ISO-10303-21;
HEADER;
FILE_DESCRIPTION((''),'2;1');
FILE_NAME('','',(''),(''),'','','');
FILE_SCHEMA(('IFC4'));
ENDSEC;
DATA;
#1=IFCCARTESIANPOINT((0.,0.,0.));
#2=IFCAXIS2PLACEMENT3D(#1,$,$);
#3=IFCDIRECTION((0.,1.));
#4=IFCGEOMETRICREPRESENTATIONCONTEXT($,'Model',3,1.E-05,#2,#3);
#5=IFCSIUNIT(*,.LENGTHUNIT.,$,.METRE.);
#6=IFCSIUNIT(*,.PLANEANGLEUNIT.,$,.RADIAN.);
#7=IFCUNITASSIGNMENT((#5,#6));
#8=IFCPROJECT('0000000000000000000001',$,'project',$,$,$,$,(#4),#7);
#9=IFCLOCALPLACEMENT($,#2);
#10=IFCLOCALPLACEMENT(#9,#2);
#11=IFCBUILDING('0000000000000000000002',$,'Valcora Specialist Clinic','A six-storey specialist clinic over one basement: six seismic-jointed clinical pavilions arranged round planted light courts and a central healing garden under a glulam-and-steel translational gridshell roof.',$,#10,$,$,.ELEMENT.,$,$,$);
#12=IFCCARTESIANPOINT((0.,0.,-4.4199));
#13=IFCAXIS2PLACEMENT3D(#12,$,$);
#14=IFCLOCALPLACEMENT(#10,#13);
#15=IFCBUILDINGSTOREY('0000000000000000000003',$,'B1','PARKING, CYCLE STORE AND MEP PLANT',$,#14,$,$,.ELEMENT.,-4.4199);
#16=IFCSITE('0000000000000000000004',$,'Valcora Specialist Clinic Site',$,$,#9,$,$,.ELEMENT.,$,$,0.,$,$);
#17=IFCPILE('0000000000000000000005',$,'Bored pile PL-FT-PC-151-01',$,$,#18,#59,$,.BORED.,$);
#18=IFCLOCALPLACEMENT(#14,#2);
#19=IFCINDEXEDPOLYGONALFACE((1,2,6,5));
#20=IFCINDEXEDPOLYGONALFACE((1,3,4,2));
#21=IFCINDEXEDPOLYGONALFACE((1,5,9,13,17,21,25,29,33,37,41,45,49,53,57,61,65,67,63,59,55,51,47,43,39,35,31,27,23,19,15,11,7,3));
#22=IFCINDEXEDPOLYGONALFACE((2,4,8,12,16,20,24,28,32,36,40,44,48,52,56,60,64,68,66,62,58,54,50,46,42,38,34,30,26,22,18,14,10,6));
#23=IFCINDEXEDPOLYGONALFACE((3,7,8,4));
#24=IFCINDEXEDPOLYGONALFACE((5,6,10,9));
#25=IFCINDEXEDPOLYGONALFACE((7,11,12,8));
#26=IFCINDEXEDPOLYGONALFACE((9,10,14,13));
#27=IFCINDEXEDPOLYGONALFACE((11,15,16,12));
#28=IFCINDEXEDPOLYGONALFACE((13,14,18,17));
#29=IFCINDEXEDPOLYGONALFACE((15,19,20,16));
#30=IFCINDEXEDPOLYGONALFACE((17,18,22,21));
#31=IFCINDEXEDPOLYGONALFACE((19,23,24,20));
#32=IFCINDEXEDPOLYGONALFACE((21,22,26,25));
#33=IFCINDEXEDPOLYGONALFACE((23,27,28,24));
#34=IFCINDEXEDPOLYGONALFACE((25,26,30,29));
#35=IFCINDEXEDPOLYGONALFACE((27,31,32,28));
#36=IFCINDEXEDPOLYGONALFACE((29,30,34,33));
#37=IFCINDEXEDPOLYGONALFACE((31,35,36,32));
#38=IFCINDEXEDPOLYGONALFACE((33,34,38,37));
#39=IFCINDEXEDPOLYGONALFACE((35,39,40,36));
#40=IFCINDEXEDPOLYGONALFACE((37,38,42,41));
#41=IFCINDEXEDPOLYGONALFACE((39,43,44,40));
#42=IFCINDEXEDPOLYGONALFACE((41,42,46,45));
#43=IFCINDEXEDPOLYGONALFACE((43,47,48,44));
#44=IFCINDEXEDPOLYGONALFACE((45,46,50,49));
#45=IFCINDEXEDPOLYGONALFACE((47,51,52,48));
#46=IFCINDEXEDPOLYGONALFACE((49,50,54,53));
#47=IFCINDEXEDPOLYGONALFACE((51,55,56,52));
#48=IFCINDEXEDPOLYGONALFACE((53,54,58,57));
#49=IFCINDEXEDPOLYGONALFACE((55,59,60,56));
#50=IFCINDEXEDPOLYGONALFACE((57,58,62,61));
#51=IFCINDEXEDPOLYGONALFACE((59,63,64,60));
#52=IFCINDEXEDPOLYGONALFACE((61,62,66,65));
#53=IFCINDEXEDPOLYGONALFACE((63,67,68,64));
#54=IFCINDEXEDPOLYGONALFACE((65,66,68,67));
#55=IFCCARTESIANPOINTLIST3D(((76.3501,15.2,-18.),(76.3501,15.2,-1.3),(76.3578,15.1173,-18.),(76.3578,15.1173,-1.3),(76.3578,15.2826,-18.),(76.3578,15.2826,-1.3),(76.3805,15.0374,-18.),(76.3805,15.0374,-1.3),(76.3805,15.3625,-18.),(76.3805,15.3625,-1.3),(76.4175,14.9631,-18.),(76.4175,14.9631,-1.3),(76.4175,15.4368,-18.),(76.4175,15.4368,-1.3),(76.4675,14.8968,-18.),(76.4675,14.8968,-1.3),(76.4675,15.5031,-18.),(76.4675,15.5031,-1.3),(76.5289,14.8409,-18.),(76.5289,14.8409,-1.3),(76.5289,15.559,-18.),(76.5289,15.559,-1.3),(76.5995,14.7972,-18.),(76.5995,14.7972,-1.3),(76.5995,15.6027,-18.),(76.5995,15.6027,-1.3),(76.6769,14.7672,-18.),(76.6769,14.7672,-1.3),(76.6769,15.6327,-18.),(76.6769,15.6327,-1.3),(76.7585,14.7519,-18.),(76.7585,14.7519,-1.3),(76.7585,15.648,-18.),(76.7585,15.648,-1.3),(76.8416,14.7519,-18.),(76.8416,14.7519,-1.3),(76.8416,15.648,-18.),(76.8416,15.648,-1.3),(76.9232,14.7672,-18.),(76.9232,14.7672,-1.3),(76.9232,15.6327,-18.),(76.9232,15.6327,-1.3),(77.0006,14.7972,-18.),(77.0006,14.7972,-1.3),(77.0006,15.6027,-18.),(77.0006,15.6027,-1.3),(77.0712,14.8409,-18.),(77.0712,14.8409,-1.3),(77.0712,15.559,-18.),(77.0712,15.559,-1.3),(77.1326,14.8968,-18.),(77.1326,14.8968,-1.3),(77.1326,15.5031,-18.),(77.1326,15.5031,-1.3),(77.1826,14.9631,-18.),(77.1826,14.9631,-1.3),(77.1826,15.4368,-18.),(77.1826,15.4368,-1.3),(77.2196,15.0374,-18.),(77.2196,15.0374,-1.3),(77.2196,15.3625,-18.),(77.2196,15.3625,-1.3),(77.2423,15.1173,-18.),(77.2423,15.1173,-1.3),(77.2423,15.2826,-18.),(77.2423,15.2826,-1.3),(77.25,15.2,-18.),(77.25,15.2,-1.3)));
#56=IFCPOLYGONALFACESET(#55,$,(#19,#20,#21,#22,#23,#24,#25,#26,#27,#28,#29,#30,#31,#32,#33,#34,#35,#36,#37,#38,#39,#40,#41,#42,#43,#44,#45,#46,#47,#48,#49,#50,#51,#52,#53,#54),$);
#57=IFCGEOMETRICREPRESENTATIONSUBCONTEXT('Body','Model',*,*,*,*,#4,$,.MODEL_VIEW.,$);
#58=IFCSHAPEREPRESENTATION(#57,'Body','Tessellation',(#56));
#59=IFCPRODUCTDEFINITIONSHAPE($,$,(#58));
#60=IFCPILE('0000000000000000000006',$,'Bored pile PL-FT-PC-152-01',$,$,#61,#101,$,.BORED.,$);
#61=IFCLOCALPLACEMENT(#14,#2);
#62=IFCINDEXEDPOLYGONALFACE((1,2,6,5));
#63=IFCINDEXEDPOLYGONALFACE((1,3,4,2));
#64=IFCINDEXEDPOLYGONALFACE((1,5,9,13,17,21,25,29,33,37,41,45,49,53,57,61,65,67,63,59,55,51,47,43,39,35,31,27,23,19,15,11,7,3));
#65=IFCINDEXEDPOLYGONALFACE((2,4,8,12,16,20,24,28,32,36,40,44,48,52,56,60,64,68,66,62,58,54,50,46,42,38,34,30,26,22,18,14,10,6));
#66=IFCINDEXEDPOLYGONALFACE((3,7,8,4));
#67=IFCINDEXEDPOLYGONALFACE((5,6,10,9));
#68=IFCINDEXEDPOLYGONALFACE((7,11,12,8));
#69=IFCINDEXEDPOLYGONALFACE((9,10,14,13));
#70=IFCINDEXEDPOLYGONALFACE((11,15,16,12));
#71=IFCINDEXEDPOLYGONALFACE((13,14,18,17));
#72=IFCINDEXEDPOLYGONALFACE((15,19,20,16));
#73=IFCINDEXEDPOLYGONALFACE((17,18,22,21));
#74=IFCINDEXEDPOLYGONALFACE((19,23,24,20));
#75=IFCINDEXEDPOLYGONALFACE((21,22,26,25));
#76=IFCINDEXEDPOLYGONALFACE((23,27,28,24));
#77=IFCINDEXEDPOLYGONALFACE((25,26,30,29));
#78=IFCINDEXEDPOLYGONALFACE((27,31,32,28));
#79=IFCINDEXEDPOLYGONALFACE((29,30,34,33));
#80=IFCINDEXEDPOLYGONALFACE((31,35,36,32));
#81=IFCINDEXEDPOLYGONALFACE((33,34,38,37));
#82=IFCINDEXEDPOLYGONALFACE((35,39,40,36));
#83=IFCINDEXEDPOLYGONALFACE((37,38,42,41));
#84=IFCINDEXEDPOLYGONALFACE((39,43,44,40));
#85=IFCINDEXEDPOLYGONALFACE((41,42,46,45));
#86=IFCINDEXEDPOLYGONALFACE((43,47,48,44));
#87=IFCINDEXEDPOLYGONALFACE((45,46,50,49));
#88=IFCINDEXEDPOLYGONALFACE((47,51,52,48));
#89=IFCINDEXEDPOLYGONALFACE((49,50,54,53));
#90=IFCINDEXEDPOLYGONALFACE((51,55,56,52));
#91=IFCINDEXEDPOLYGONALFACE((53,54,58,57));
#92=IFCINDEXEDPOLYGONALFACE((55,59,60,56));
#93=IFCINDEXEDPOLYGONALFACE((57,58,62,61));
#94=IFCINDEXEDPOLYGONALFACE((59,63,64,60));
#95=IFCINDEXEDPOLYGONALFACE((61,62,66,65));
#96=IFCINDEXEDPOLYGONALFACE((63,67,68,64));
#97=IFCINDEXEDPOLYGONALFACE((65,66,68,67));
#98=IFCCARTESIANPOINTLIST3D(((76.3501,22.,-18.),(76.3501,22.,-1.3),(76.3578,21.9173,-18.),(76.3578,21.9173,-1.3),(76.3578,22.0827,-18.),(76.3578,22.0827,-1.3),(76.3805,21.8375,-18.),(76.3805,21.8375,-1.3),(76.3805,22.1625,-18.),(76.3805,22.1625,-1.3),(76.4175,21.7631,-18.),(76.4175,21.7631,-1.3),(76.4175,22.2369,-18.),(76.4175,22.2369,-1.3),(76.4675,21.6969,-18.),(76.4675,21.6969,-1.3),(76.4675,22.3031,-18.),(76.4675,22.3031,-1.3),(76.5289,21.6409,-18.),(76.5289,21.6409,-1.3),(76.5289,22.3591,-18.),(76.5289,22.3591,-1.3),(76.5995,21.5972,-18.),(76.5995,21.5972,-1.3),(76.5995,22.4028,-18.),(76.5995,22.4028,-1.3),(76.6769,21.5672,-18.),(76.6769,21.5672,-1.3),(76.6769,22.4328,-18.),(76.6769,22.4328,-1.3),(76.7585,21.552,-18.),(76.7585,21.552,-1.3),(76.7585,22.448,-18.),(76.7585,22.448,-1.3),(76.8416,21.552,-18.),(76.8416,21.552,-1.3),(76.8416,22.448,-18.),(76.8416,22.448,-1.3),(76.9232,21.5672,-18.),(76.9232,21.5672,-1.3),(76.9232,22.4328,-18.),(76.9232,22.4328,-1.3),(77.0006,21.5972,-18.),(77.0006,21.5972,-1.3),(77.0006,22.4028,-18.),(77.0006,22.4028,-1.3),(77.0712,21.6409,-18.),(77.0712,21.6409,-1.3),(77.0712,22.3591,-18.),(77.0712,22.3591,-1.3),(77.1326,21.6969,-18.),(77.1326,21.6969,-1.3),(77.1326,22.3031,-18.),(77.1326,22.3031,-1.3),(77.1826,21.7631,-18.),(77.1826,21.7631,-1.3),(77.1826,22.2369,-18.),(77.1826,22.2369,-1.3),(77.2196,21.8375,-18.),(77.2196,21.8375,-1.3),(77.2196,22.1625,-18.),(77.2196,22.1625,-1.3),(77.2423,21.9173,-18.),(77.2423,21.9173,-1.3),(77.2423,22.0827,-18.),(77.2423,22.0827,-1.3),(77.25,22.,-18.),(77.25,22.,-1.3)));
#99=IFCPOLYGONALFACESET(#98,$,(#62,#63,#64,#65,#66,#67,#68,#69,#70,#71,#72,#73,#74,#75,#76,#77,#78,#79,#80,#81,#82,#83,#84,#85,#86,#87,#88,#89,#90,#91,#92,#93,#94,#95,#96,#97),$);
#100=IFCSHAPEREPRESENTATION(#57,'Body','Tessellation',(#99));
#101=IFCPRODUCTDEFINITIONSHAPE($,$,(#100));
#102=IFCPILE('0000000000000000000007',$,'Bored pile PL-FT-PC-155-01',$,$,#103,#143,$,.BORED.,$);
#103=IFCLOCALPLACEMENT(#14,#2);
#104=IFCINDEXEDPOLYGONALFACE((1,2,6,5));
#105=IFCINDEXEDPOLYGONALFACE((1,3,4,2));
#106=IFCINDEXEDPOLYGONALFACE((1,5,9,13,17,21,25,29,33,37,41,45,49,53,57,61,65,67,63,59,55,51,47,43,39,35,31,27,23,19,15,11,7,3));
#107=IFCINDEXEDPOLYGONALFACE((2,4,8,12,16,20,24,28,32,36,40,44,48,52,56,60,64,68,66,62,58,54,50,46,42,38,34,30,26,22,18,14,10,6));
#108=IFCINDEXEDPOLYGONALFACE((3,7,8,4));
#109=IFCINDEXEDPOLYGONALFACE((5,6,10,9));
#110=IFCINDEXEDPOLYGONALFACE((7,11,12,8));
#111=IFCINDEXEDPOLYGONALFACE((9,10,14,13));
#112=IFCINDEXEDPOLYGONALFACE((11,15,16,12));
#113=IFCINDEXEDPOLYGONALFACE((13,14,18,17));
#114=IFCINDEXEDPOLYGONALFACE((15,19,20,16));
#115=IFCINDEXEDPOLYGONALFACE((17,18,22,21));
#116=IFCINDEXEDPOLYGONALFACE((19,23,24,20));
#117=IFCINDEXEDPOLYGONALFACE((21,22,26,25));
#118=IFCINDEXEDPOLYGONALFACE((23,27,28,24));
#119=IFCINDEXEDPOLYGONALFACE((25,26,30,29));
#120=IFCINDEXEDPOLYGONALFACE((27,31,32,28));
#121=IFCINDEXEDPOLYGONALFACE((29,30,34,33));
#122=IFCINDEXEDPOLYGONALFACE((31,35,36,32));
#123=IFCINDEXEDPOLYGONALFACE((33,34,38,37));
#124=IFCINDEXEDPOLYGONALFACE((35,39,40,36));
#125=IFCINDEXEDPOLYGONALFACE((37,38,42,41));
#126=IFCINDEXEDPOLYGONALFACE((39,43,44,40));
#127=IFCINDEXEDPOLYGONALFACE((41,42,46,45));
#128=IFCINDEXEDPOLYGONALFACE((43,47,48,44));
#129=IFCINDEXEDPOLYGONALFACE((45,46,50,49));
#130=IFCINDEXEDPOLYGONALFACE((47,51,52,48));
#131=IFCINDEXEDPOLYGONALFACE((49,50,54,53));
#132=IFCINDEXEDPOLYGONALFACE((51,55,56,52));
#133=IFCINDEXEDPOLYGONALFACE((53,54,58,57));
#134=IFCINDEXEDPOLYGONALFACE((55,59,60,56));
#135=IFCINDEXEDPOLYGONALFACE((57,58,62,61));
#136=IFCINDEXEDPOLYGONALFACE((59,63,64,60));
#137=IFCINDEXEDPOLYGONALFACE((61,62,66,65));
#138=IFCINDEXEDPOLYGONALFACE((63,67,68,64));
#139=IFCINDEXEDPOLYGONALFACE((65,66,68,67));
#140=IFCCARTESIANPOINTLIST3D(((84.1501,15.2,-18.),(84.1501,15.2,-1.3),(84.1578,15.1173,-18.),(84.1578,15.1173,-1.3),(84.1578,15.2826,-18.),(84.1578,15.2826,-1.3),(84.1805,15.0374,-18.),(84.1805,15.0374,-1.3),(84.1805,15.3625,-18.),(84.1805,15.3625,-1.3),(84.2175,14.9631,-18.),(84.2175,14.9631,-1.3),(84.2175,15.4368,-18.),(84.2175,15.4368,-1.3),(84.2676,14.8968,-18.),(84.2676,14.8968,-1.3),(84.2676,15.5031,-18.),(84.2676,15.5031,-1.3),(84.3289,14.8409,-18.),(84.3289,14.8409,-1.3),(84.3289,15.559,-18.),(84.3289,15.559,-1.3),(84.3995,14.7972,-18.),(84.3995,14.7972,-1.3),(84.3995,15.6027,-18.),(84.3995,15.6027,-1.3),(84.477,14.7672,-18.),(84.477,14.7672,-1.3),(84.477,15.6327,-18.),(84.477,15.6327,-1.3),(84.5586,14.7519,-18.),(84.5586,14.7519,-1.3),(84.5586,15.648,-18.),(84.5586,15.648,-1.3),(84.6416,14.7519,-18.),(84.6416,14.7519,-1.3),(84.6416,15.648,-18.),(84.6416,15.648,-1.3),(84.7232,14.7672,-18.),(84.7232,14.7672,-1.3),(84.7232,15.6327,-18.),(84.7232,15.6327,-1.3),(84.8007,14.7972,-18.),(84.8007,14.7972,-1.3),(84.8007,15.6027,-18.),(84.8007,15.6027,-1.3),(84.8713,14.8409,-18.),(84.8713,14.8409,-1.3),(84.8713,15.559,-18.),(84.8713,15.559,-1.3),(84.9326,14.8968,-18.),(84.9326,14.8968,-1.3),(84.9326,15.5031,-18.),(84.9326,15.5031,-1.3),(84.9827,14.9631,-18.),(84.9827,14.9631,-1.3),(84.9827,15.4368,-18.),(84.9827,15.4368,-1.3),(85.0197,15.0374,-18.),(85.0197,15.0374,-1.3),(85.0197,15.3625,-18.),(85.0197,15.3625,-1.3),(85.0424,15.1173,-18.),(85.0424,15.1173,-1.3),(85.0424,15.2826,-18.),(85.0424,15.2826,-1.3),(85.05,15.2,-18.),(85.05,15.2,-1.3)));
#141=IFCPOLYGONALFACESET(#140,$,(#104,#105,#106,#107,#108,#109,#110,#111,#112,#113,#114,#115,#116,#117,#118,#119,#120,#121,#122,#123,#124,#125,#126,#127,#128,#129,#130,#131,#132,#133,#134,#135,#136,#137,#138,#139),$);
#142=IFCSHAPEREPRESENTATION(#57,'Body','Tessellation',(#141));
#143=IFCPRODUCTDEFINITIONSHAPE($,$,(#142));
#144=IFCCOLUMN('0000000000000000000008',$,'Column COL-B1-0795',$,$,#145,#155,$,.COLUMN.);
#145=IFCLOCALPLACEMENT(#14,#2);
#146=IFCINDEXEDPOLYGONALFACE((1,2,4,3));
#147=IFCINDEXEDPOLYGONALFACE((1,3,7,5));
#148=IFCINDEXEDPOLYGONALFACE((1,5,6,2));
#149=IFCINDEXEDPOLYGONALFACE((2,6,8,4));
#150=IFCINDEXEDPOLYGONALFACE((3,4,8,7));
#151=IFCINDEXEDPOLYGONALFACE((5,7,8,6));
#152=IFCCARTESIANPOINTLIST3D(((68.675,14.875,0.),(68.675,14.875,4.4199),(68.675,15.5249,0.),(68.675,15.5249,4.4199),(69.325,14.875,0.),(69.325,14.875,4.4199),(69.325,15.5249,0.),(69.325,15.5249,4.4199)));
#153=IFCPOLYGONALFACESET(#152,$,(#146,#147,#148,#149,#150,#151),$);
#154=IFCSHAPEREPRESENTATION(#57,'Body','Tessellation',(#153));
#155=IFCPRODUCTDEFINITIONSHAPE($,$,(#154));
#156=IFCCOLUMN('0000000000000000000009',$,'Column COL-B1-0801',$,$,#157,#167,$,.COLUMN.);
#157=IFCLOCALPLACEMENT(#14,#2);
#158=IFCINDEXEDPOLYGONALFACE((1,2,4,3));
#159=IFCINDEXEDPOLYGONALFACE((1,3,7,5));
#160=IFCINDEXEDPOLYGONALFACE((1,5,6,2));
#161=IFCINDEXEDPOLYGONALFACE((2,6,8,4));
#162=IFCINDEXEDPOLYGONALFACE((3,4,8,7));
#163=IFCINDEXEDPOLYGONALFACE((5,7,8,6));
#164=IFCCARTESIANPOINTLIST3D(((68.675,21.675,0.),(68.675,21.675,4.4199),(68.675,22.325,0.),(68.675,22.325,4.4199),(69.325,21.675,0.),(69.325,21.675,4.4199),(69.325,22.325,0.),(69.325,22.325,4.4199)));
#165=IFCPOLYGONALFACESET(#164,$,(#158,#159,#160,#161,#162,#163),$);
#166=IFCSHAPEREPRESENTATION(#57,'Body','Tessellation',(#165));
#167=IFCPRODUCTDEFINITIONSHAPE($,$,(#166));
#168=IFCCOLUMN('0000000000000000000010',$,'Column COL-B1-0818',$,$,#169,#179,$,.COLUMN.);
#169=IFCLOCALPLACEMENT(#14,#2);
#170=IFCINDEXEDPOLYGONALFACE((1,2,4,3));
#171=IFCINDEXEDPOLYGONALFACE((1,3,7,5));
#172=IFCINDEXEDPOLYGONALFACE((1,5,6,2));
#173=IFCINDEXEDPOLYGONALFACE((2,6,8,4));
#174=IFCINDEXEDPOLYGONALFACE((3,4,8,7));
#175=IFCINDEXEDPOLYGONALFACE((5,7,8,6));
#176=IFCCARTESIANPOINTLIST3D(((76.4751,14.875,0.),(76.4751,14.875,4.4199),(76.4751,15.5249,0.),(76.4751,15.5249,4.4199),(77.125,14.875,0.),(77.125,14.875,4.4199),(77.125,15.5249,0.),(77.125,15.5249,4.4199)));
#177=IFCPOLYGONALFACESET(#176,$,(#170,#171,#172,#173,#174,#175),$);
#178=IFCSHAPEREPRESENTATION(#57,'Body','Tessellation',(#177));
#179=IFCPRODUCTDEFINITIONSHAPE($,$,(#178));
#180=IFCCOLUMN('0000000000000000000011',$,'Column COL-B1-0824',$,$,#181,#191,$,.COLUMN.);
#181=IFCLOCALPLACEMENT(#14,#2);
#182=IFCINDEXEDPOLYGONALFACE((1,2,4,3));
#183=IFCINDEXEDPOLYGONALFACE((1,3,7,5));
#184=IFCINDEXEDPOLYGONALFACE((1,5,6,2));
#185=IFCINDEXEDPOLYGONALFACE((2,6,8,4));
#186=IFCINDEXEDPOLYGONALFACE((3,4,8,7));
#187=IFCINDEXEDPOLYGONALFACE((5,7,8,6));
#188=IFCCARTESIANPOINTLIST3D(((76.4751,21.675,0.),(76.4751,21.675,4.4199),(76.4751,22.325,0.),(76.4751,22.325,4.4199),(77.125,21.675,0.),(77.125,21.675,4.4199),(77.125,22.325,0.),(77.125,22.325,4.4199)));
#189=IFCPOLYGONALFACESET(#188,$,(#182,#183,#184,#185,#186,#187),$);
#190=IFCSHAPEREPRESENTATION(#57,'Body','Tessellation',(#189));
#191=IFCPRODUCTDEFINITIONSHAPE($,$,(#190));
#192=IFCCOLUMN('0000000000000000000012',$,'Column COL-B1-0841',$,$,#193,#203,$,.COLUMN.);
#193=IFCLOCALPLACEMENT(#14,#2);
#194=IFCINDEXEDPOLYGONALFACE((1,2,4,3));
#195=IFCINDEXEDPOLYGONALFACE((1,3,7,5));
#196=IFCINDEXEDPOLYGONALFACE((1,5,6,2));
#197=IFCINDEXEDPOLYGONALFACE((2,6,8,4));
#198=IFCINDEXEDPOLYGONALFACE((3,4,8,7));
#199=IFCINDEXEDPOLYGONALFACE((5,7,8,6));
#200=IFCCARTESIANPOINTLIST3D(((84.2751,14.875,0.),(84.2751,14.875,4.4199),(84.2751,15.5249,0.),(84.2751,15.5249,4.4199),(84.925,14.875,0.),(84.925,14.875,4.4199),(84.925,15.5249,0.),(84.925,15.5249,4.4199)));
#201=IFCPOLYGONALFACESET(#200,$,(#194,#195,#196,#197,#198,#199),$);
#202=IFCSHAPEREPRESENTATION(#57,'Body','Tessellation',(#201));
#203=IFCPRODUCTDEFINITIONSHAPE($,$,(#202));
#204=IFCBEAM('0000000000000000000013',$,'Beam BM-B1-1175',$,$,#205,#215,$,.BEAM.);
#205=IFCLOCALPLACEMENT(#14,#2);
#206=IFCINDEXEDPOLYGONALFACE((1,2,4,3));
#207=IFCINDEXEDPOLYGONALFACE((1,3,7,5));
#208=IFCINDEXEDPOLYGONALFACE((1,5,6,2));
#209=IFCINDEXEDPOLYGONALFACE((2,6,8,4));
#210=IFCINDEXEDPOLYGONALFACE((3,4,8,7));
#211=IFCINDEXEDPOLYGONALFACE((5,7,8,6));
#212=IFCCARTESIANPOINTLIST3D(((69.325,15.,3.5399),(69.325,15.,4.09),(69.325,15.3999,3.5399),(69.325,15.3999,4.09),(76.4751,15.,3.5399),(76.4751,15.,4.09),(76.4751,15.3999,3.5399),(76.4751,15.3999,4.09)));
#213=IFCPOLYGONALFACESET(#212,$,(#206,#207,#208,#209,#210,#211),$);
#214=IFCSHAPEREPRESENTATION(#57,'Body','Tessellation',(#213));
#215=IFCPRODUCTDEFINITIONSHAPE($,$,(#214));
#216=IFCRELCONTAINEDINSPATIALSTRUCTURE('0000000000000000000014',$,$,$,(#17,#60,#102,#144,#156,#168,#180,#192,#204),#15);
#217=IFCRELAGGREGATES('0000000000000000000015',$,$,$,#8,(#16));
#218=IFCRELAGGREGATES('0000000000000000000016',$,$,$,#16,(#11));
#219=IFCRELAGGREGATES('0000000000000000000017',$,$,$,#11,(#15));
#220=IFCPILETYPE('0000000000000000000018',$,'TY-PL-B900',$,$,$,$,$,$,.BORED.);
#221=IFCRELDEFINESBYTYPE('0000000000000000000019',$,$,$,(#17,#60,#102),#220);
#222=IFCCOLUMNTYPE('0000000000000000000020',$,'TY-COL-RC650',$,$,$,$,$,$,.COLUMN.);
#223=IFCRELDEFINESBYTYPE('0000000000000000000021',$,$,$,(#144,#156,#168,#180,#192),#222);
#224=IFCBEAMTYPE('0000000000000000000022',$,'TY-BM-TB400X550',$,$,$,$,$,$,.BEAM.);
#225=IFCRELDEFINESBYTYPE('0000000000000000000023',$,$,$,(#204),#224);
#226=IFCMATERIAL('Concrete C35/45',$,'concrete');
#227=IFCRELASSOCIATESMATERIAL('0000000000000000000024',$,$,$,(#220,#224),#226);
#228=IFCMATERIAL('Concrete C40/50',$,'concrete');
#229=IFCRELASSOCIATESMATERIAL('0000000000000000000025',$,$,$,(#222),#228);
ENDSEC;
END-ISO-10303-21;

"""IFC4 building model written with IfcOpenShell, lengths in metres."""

from ifc_helpers import new_model, si_unit, direction, frame, origin, origin_2d, place, context, subcontext, project, spatial, rectangle, circle, extrude, material, material_profile, profile_set, type_object, element, save


model = new_model("IFC4")

# Units and contexts
model_context = context("Model", 3, precision=1e-05, world=origin(), true_north=direction((0.0, 1.0)))
body_context = subcontext(model_context, "Body", "Model", "MODEL_VIEW")
ifc_project = project(units=[si_unit("LENGTHUNIT", "METRE"), si_unit("PLANEANGLEUNIT", "RADIAN")], contexts=[model_context])

# Site, building, storey
site_placement = place(None, origin())
site = spatial("IfcSite", under=ifc_project, at=site_placement, Name="Valcora Specialist Clinic Site", CompositionType="ELEMENT", RefElevation=0.0)
building_placement = place(site_placement, origin())
building = spatial("IfcBuilding", under=site, at=building_placement, Name="Valcora Specialist Clinic", Description="A six-storey specialist clinic over one basement: six seismic-jointed clinical pavilions arranged round planted light courts and a central healing garden under a glulam-and-steel translational gridshell roof.", CompositionType="ELEMENT")
storey_placement = place(building_placement, frame((0.0, 0.0, -4.4199)))
storey = spatial("IfcBuildingStorey", under=building, at=storey_placement, Name="B1", Description="PARKING, CYCLE STORE AND MEP PLANT", CompositionType="ELEMENT", Elevation=-4.4199)

# Shared definitions
ifc_material_1 = material(Name="Concrete C35/45", Category="concrete")

# Piles
ifc_material_profile_1 = material_profile(ifc_material_1, circle(Radius=0.45, at=origin_2d()), Name="RC-PIL-D900")
ifc_profile_set_1 = profile_set([ifc_material_profile_1], Name="Concrete C35/45")
pile_type = type_object("IfcPileType", Name="TY-PL-B900", PredefinedType="BORED", material=ifc_profile_set_1)
for number, where, z_axis, x_axis, name in (
    (1, (76.8, 15.2, -1.3), (0.0, 0.0, -1.0), (1.0, 0.0, 0.0), "Bored pile PL-FT-PC-151-01"),
    (2, (76.8, 22.0, -1.3), (0.0, 0.0, -1.0), (1.0, 0.0, 0.0), "Bored pile PL-FT-PC-152-01"),
    (3, (84.6001, 15.2, -1.3), (0.0, 0.0, -1.0), (1.0, 0.0, 0.0), "Bored pile PL-FT-PC-155-01"),
):
    element("IfcPile", number, at=place(storey_placement, frame(where, z_axis=z_axis, x_axis=x_axis)), inside=storey, type_object=pile_type, Name=name, PredefinedType="BORED", context=body_context, shape_type="SweptSolid", body=[
        extrude(circle(Radius=0.45, at=origin_2d()), origin(), (0.0, 0.0, 1.0), 16.7),
    ])

# Columns
ifc_material_2 = material(Name="Concrete C40/50", Category="concrete")
ifc_material_profile_2 = material_profile(ifc_material_2, rectangle(XDim=0.6499, YDim=0.6499, at=origin_2d()), Name="RC-COL-650X650")
ifc_profile_set_2 = profile_set([ifc_material_profile_2], Name="Concrete C40/50")
column_type = type_object("IfcColumnType", Name="TY-COL-RC650", PredefinedType="COLUMN", material=ifc_profile_set_2)
for number, where, z_axis, x_axis, name in (
    (4, (69.0, 15.2, 0.0), (0.0, 0.0, 1.0), (1.0, 0.0, 0.0), "Column COL-B1-0795"),
    (5, (69.0, 22.0, 0.0), (0.0, 0.0, 1.0), (1.0, 0.0, 0.0), "Column COL-B1-0801"),
    (6, (76.8, 15.2, 0.0), (0.0, 0.0, 1.0), (1.0, 0.0, 0.0), "Column COL-B1-0818"),
    (7, (76.8, 22.0, 0.0), (0.0, 0.0, 1.0), (1.0, 0.0, 0.0), "Column COL-B1-0824"),
    (8, (84.6001, 15.2, 0.0), (0.0, 0.0, 1.0), (1.0, 0.0, 0.0), "Column COL-B1-0841"),
):
    element("IfcColumn", number, at=place(storey_placement, frame(where, z_axis=z_axis, x_axis=x_axis)), inside=storey, type_object=column_type, Name=name, PredefinedType="COLUMN", context=body_context, shape_type="SweptSolid", body=[
        extrude(rectangle(XDim=0.6499, YDim=0.6499, at=origin_2d()), origin(), (0.0, 0.0, 1.0), 4.4199),
    ])

# Beam
ifc_material_profile_3 = material_profile(ifc_material_1, rectangle(XDim=0.3999, YDim=0.55, at=origin_2d()), Name="RC-TB-400X550")
ifc_profile_set_3 = profile_set([ifc_material_profile_3], Name="Concrete C35/45")
beam_type = type_object("IfcBeamType", Name="TY-BM-TB400X550", PredefinedType="BEAM", material=ifc_profile_set_3)
beam_1_placement = place(storey_placement, frame((69.325, 15.2, 3.8149), z_axis=(1.0, 0.0, 0.0), x_axis=(0.0, 1.0, 0.0)))
element("IfcBeam", 9, at=beam_1_placement, inside=storey, type_object=beam_type, Name="Beam BM-B1-1175", PredefinedType="BEAM", context=body_context, shape_type="SweptSolid", body=[
    extrude(rectangle(XDim=0.3999, YDim=0.55, at=origin_2d()), origin(), (0.0, 0.0, 1.0), 7.1501),
])

save(model, "model.ifc")
